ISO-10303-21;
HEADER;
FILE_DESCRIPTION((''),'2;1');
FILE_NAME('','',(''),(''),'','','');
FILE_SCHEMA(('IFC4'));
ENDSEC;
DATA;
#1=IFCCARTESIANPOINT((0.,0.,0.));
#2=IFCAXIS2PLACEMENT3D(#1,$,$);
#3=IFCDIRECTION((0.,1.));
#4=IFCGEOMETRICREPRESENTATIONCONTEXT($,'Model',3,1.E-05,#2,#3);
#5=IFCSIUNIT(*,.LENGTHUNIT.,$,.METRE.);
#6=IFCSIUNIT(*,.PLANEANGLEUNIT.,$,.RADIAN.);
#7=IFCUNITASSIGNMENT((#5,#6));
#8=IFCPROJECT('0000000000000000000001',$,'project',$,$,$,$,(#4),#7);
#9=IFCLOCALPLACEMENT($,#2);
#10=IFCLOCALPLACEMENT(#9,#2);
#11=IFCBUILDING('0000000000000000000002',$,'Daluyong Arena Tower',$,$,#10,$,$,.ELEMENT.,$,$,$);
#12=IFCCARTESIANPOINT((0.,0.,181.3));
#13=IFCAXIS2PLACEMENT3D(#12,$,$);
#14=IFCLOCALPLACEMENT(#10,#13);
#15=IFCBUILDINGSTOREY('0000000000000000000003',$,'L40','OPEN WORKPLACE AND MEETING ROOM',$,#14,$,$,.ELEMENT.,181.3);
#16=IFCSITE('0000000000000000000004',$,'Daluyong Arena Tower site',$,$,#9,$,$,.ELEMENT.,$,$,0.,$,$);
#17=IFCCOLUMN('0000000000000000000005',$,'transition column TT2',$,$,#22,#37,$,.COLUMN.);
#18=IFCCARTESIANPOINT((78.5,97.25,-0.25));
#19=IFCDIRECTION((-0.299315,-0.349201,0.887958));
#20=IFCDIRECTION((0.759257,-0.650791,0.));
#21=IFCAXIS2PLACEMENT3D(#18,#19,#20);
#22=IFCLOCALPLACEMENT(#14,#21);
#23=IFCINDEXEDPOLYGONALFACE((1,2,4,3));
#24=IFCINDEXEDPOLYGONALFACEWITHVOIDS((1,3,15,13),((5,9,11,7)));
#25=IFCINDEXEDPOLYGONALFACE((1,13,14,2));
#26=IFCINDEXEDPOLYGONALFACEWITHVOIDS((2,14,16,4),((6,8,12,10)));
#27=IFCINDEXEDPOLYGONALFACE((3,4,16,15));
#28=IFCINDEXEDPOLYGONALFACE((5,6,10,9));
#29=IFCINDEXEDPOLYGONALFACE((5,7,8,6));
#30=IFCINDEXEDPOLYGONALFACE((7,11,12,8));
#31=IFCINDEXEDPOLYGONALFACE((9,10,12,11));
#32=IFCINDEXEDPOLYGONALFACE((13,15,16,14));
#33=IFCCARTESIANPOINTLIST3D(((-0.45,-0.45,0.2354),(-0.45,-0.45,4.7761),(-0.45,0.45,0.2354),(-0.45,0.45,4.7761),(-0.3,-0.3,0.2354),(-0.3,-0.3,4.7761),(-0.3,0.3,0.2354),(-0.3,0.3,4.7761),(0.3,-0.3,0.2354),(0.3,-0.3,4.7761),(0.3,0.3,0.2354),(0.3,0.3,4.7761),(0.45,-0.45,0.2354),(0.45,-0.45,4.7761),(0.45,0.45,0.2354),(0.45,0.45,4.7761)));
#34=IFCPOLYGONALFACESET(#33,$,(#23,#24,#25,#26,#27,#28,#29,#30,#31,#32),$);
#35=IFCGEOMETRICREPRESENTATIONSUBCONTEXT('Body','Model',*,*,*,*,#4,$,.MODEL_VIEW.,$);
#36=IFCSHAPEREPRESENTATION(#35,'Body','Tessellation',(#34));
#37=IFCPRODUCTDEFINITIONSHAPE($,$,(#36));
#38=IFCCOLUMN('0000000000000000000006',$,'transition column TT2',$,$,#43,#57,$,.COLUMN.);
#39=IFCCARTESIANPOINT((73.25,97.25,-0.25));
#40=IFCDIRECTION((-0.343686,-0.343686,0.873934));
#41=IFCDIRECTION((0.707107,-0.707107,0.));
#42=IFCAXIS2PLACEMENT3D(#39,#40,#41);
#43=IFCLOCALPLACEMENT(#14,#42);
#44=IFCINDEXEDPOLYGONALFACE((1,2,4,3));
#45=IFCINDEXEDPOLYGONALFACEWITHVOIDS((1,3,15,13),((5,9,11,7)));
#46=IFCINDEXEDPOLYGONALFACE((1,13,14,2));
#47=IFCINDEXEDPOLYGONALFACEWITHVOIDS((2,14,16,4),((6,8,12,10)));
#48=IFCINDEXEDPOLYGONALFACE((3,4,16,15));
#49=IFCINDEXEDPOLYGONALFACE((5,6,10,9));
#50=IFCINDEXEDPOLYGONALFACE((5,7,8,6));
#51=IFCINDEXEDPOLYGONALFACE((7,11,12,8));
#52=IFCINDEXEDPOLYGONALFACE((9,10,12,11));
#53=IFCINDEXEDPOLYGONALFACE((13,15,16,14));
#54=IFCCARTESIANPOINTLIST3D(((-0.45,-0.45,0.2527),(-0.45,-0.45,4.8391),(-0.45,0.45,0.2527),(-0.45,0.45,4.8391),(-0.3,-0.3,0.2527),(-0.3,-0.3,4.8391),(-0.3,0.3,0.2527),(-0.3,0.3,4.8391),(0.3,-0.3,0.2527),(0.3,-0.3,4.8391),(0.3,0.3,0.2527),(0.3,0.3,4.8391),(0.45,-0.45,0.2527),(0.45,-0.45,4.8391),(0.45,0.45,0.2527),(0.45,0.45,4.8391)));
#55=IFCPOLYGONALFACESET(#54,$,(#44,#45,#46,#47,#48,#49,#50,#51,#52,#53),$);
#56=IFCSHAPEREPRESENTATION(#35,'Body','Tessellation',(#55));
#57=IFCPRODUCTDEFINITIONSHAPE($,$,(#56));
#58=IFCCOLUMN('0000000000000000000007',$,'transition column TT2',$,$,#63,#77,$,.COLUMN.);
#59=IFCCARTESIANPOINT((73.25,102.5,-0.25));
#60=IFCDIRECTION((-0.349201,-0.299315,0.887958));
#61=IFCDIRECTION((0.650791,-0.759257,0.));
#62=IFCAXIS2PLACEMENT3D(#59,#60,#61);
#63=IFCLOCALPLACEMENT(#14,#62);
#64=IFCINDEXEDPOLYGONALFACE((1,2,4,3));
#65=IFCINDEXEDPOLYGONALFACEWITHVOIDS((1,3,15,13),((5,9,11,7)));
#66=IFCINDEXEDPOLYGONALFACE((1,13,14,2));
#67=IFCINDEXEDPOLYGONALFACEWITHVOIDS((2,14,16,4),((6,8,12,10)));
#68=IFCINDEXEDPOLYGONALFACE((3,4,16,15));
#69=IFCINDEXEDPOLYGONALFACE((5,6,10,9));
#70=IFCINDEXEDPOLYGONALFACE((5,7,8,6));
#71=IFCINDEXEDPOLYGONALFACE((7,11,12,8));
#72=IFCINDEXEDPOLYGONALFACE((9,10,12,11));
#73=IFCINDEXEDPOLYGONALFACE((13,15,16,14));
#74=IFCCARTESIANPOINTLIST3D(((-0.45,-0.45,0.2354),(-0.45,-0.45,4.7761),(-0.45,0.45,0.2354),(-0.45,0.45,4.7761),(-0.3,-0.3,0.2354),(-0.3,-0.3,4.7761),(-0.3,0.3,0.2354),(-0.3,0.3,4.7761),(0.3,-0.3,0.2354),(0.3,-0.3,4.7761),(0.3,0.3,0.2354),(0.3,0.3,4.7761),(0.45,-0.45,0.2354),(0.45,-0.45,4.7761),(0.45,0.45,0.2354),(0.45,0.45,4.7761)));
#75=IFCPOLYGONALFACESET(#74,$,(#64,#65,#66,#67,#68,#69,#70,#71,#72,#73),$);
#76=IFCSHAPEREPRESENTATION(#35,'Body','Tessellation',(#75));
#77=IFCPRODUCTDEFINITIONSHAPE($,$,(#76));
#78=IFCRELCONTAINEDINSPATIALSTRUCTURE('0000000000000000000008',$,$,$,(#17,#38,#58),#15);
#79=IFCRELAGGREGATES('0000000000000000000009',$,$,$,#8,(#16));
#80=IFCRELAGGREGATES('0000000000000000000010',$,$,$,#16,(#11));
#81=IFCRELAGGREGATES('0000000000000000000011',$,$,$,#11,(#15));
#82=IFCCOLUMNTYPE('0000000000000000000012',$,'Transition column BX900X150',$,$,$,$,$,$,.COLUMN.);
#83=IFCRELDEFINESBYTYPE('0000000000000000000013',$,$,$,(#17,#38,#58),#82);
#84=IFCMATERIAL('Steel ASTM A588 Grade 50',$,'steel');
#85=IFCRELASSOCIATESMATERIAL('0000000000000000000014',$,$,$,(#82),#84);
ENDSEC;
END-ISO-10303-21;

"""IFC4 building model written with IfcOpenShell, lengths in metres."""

from ifc_helpers import new_model, si_unit, direction, frame, origin, origin_2d, place, context, subcontext, project, spatial, hollow_rectangle, extrude, clip, halfspace, material, material_profile, profile_set, type_object, element, save


model = new_model("IFC4")

# Units and contexts
model_context = context("Model", 3, precision=1e-05, world=origin(), true_north=direction((0.0, 1.0)))
body_context = subcontext(model_context, "Body", "Model", "MODEL_VIEW")
ifc_project = project(units=[si_unit("LENGTHUNIT", "METRE"), si_unit("PLANEANGLEUNIT", "RADIAN")], contexts=[model_context])

# Site, building, storey
site_placement = place(None, origin())
site = spatial("IfcSite", under=ifc_project, at=site_placement, Name="Daluyong Arena Tower site", CompositionType="ELEMENT", RefElevation=0.0)
building_placement = place(site_placement, origin())
building = spatial("IfcBuilding", under=site, at=building_placement, Name="Daluyong Arena Tower", CompositionType="ELEMENT")
storey_placement = place(building_placement, frame((0.0, 0.0, 181.3)))
storey = spatial("IfcBuildingStorey", under=building, at=storey_placement, Name="L40", Description="OPEN WORKPLACE AND MEETING ROOM", CompositionType="ELEMENT", Elevation=181.3)

# Columns
ifc_material_1 = material(Name="Steel ASTM A588 Grade 50", Category="steel")
ifc_material_profile_1 = material_profile(ifc_material_1, hollow_rectangle(XDim=0.8999, YDim=0.8999, WallThickness=0.15, at=origin_2d()))
ifc_profile_set_1 = profile_set([ifc_material_profile_1], Name="Steel ASTM A588 Grade 50")
column_type_1 = type_object("IfcColumnType", Name="Transition column BX900X150", PredefinedType="COLUMN", material=ifc_profile_set_1)
column_1_placement = place(storey_placement, frame((78.5, 97.25, -0.25), z_axis=(-0.299315, -0.349201, 0.887958), x_axis=(0.759257, -0.650791, 0.0)))
element("IfcColumn", 1, at=column_1_placement, inside=storey, type_object=column_type_1, Name="transition column TT2", PredefinedType="COLUMN", context=body_context, shape_type="Clipping", body=[
    clip(clip(extrude(hollow_rectangle(XDim=0.8999, YDim=0.8999, WallThickness=0.15, at=origin_2d()), origin(), (0.0, 0.0, 1.0), 5.0115), halfspace(frame((0.0, 0.0, 0.2354), z_axis=(0.0, 0.0, 1.0), x_axis=(1.0, 0.0, 0.0)), True)), halfspace(frame((0.0, 0.0, 4.7761), z_axis=(0.0, 0.0, -1.0), x_axis=(1.0, 0.0, 0.0)), True)),
])
column_2_placement = place(storey_placement, frame((73.25, 97.25, -0.25), z_axis=(-0.343686, -0.343686, 0.873934), x_axis=(0.707107, -0.707107, 0.0)))
element("IfcColumn", 2, at=column_2_placement, inside=storey, type_object=column_type_1, Name="transition column TT2", PredefinedType="COLUMN", context=body_context, shape_type="Clipping", body=[
    clip(clip(extrude(hollow_rectangle(XDim=0.8999, YDim=0.8999, WallThickness=0.15, at=origin_2d()), origin(), (0.0, 0.0, 1.0), 5.0918), halfspace(frame((0.0, 0.0, 0.2527), z_axis=(0.0, 0.0, 1.0), x_axis=(1.0, 0.0, 0.0)), True)), halfspace(frame((0.0, 0.0, 4.8391), z_axis=(0.0, 0.0, -1.0), x_axis=(1.0, 0.0, 0.0)), True)),
])
column_3_placement = place(storey_placement, frame((73.25, 102.5, -0.25), z_axis=(-0.349201, -0.299315, 0.887958), x_axis=(0.650791, -0.759257, 0.0)))
element("IfcColumn", 3, at=column_3_placement, inside=storey, type_object=column_type_1, Name="transition column TT2", PredefinedType="COLUMN", context=body_context, shape_type="Clipping", body=[
    clip(clip(extrude(hollow_rectangle(XDim=0.8999, YDim=0.8999, WallThickness=0.15, at=origin_2d()), origin(), (0.0, 0.0, 1.0), 5.0115), halfspace(frame((0.0, 0.0, 0.2354), z_axis=(0.0, 0.0, 1.0), x_axis=(1.0, 0.0, 0.0)), True)), halfspace(frame((0.0, 0.0, 4.7761), z_axis=(0.0, 0.0, -1.0), x_axis=(1.0, 0.0, 0.0)), True)),
])

save(model, "model.ifc")
